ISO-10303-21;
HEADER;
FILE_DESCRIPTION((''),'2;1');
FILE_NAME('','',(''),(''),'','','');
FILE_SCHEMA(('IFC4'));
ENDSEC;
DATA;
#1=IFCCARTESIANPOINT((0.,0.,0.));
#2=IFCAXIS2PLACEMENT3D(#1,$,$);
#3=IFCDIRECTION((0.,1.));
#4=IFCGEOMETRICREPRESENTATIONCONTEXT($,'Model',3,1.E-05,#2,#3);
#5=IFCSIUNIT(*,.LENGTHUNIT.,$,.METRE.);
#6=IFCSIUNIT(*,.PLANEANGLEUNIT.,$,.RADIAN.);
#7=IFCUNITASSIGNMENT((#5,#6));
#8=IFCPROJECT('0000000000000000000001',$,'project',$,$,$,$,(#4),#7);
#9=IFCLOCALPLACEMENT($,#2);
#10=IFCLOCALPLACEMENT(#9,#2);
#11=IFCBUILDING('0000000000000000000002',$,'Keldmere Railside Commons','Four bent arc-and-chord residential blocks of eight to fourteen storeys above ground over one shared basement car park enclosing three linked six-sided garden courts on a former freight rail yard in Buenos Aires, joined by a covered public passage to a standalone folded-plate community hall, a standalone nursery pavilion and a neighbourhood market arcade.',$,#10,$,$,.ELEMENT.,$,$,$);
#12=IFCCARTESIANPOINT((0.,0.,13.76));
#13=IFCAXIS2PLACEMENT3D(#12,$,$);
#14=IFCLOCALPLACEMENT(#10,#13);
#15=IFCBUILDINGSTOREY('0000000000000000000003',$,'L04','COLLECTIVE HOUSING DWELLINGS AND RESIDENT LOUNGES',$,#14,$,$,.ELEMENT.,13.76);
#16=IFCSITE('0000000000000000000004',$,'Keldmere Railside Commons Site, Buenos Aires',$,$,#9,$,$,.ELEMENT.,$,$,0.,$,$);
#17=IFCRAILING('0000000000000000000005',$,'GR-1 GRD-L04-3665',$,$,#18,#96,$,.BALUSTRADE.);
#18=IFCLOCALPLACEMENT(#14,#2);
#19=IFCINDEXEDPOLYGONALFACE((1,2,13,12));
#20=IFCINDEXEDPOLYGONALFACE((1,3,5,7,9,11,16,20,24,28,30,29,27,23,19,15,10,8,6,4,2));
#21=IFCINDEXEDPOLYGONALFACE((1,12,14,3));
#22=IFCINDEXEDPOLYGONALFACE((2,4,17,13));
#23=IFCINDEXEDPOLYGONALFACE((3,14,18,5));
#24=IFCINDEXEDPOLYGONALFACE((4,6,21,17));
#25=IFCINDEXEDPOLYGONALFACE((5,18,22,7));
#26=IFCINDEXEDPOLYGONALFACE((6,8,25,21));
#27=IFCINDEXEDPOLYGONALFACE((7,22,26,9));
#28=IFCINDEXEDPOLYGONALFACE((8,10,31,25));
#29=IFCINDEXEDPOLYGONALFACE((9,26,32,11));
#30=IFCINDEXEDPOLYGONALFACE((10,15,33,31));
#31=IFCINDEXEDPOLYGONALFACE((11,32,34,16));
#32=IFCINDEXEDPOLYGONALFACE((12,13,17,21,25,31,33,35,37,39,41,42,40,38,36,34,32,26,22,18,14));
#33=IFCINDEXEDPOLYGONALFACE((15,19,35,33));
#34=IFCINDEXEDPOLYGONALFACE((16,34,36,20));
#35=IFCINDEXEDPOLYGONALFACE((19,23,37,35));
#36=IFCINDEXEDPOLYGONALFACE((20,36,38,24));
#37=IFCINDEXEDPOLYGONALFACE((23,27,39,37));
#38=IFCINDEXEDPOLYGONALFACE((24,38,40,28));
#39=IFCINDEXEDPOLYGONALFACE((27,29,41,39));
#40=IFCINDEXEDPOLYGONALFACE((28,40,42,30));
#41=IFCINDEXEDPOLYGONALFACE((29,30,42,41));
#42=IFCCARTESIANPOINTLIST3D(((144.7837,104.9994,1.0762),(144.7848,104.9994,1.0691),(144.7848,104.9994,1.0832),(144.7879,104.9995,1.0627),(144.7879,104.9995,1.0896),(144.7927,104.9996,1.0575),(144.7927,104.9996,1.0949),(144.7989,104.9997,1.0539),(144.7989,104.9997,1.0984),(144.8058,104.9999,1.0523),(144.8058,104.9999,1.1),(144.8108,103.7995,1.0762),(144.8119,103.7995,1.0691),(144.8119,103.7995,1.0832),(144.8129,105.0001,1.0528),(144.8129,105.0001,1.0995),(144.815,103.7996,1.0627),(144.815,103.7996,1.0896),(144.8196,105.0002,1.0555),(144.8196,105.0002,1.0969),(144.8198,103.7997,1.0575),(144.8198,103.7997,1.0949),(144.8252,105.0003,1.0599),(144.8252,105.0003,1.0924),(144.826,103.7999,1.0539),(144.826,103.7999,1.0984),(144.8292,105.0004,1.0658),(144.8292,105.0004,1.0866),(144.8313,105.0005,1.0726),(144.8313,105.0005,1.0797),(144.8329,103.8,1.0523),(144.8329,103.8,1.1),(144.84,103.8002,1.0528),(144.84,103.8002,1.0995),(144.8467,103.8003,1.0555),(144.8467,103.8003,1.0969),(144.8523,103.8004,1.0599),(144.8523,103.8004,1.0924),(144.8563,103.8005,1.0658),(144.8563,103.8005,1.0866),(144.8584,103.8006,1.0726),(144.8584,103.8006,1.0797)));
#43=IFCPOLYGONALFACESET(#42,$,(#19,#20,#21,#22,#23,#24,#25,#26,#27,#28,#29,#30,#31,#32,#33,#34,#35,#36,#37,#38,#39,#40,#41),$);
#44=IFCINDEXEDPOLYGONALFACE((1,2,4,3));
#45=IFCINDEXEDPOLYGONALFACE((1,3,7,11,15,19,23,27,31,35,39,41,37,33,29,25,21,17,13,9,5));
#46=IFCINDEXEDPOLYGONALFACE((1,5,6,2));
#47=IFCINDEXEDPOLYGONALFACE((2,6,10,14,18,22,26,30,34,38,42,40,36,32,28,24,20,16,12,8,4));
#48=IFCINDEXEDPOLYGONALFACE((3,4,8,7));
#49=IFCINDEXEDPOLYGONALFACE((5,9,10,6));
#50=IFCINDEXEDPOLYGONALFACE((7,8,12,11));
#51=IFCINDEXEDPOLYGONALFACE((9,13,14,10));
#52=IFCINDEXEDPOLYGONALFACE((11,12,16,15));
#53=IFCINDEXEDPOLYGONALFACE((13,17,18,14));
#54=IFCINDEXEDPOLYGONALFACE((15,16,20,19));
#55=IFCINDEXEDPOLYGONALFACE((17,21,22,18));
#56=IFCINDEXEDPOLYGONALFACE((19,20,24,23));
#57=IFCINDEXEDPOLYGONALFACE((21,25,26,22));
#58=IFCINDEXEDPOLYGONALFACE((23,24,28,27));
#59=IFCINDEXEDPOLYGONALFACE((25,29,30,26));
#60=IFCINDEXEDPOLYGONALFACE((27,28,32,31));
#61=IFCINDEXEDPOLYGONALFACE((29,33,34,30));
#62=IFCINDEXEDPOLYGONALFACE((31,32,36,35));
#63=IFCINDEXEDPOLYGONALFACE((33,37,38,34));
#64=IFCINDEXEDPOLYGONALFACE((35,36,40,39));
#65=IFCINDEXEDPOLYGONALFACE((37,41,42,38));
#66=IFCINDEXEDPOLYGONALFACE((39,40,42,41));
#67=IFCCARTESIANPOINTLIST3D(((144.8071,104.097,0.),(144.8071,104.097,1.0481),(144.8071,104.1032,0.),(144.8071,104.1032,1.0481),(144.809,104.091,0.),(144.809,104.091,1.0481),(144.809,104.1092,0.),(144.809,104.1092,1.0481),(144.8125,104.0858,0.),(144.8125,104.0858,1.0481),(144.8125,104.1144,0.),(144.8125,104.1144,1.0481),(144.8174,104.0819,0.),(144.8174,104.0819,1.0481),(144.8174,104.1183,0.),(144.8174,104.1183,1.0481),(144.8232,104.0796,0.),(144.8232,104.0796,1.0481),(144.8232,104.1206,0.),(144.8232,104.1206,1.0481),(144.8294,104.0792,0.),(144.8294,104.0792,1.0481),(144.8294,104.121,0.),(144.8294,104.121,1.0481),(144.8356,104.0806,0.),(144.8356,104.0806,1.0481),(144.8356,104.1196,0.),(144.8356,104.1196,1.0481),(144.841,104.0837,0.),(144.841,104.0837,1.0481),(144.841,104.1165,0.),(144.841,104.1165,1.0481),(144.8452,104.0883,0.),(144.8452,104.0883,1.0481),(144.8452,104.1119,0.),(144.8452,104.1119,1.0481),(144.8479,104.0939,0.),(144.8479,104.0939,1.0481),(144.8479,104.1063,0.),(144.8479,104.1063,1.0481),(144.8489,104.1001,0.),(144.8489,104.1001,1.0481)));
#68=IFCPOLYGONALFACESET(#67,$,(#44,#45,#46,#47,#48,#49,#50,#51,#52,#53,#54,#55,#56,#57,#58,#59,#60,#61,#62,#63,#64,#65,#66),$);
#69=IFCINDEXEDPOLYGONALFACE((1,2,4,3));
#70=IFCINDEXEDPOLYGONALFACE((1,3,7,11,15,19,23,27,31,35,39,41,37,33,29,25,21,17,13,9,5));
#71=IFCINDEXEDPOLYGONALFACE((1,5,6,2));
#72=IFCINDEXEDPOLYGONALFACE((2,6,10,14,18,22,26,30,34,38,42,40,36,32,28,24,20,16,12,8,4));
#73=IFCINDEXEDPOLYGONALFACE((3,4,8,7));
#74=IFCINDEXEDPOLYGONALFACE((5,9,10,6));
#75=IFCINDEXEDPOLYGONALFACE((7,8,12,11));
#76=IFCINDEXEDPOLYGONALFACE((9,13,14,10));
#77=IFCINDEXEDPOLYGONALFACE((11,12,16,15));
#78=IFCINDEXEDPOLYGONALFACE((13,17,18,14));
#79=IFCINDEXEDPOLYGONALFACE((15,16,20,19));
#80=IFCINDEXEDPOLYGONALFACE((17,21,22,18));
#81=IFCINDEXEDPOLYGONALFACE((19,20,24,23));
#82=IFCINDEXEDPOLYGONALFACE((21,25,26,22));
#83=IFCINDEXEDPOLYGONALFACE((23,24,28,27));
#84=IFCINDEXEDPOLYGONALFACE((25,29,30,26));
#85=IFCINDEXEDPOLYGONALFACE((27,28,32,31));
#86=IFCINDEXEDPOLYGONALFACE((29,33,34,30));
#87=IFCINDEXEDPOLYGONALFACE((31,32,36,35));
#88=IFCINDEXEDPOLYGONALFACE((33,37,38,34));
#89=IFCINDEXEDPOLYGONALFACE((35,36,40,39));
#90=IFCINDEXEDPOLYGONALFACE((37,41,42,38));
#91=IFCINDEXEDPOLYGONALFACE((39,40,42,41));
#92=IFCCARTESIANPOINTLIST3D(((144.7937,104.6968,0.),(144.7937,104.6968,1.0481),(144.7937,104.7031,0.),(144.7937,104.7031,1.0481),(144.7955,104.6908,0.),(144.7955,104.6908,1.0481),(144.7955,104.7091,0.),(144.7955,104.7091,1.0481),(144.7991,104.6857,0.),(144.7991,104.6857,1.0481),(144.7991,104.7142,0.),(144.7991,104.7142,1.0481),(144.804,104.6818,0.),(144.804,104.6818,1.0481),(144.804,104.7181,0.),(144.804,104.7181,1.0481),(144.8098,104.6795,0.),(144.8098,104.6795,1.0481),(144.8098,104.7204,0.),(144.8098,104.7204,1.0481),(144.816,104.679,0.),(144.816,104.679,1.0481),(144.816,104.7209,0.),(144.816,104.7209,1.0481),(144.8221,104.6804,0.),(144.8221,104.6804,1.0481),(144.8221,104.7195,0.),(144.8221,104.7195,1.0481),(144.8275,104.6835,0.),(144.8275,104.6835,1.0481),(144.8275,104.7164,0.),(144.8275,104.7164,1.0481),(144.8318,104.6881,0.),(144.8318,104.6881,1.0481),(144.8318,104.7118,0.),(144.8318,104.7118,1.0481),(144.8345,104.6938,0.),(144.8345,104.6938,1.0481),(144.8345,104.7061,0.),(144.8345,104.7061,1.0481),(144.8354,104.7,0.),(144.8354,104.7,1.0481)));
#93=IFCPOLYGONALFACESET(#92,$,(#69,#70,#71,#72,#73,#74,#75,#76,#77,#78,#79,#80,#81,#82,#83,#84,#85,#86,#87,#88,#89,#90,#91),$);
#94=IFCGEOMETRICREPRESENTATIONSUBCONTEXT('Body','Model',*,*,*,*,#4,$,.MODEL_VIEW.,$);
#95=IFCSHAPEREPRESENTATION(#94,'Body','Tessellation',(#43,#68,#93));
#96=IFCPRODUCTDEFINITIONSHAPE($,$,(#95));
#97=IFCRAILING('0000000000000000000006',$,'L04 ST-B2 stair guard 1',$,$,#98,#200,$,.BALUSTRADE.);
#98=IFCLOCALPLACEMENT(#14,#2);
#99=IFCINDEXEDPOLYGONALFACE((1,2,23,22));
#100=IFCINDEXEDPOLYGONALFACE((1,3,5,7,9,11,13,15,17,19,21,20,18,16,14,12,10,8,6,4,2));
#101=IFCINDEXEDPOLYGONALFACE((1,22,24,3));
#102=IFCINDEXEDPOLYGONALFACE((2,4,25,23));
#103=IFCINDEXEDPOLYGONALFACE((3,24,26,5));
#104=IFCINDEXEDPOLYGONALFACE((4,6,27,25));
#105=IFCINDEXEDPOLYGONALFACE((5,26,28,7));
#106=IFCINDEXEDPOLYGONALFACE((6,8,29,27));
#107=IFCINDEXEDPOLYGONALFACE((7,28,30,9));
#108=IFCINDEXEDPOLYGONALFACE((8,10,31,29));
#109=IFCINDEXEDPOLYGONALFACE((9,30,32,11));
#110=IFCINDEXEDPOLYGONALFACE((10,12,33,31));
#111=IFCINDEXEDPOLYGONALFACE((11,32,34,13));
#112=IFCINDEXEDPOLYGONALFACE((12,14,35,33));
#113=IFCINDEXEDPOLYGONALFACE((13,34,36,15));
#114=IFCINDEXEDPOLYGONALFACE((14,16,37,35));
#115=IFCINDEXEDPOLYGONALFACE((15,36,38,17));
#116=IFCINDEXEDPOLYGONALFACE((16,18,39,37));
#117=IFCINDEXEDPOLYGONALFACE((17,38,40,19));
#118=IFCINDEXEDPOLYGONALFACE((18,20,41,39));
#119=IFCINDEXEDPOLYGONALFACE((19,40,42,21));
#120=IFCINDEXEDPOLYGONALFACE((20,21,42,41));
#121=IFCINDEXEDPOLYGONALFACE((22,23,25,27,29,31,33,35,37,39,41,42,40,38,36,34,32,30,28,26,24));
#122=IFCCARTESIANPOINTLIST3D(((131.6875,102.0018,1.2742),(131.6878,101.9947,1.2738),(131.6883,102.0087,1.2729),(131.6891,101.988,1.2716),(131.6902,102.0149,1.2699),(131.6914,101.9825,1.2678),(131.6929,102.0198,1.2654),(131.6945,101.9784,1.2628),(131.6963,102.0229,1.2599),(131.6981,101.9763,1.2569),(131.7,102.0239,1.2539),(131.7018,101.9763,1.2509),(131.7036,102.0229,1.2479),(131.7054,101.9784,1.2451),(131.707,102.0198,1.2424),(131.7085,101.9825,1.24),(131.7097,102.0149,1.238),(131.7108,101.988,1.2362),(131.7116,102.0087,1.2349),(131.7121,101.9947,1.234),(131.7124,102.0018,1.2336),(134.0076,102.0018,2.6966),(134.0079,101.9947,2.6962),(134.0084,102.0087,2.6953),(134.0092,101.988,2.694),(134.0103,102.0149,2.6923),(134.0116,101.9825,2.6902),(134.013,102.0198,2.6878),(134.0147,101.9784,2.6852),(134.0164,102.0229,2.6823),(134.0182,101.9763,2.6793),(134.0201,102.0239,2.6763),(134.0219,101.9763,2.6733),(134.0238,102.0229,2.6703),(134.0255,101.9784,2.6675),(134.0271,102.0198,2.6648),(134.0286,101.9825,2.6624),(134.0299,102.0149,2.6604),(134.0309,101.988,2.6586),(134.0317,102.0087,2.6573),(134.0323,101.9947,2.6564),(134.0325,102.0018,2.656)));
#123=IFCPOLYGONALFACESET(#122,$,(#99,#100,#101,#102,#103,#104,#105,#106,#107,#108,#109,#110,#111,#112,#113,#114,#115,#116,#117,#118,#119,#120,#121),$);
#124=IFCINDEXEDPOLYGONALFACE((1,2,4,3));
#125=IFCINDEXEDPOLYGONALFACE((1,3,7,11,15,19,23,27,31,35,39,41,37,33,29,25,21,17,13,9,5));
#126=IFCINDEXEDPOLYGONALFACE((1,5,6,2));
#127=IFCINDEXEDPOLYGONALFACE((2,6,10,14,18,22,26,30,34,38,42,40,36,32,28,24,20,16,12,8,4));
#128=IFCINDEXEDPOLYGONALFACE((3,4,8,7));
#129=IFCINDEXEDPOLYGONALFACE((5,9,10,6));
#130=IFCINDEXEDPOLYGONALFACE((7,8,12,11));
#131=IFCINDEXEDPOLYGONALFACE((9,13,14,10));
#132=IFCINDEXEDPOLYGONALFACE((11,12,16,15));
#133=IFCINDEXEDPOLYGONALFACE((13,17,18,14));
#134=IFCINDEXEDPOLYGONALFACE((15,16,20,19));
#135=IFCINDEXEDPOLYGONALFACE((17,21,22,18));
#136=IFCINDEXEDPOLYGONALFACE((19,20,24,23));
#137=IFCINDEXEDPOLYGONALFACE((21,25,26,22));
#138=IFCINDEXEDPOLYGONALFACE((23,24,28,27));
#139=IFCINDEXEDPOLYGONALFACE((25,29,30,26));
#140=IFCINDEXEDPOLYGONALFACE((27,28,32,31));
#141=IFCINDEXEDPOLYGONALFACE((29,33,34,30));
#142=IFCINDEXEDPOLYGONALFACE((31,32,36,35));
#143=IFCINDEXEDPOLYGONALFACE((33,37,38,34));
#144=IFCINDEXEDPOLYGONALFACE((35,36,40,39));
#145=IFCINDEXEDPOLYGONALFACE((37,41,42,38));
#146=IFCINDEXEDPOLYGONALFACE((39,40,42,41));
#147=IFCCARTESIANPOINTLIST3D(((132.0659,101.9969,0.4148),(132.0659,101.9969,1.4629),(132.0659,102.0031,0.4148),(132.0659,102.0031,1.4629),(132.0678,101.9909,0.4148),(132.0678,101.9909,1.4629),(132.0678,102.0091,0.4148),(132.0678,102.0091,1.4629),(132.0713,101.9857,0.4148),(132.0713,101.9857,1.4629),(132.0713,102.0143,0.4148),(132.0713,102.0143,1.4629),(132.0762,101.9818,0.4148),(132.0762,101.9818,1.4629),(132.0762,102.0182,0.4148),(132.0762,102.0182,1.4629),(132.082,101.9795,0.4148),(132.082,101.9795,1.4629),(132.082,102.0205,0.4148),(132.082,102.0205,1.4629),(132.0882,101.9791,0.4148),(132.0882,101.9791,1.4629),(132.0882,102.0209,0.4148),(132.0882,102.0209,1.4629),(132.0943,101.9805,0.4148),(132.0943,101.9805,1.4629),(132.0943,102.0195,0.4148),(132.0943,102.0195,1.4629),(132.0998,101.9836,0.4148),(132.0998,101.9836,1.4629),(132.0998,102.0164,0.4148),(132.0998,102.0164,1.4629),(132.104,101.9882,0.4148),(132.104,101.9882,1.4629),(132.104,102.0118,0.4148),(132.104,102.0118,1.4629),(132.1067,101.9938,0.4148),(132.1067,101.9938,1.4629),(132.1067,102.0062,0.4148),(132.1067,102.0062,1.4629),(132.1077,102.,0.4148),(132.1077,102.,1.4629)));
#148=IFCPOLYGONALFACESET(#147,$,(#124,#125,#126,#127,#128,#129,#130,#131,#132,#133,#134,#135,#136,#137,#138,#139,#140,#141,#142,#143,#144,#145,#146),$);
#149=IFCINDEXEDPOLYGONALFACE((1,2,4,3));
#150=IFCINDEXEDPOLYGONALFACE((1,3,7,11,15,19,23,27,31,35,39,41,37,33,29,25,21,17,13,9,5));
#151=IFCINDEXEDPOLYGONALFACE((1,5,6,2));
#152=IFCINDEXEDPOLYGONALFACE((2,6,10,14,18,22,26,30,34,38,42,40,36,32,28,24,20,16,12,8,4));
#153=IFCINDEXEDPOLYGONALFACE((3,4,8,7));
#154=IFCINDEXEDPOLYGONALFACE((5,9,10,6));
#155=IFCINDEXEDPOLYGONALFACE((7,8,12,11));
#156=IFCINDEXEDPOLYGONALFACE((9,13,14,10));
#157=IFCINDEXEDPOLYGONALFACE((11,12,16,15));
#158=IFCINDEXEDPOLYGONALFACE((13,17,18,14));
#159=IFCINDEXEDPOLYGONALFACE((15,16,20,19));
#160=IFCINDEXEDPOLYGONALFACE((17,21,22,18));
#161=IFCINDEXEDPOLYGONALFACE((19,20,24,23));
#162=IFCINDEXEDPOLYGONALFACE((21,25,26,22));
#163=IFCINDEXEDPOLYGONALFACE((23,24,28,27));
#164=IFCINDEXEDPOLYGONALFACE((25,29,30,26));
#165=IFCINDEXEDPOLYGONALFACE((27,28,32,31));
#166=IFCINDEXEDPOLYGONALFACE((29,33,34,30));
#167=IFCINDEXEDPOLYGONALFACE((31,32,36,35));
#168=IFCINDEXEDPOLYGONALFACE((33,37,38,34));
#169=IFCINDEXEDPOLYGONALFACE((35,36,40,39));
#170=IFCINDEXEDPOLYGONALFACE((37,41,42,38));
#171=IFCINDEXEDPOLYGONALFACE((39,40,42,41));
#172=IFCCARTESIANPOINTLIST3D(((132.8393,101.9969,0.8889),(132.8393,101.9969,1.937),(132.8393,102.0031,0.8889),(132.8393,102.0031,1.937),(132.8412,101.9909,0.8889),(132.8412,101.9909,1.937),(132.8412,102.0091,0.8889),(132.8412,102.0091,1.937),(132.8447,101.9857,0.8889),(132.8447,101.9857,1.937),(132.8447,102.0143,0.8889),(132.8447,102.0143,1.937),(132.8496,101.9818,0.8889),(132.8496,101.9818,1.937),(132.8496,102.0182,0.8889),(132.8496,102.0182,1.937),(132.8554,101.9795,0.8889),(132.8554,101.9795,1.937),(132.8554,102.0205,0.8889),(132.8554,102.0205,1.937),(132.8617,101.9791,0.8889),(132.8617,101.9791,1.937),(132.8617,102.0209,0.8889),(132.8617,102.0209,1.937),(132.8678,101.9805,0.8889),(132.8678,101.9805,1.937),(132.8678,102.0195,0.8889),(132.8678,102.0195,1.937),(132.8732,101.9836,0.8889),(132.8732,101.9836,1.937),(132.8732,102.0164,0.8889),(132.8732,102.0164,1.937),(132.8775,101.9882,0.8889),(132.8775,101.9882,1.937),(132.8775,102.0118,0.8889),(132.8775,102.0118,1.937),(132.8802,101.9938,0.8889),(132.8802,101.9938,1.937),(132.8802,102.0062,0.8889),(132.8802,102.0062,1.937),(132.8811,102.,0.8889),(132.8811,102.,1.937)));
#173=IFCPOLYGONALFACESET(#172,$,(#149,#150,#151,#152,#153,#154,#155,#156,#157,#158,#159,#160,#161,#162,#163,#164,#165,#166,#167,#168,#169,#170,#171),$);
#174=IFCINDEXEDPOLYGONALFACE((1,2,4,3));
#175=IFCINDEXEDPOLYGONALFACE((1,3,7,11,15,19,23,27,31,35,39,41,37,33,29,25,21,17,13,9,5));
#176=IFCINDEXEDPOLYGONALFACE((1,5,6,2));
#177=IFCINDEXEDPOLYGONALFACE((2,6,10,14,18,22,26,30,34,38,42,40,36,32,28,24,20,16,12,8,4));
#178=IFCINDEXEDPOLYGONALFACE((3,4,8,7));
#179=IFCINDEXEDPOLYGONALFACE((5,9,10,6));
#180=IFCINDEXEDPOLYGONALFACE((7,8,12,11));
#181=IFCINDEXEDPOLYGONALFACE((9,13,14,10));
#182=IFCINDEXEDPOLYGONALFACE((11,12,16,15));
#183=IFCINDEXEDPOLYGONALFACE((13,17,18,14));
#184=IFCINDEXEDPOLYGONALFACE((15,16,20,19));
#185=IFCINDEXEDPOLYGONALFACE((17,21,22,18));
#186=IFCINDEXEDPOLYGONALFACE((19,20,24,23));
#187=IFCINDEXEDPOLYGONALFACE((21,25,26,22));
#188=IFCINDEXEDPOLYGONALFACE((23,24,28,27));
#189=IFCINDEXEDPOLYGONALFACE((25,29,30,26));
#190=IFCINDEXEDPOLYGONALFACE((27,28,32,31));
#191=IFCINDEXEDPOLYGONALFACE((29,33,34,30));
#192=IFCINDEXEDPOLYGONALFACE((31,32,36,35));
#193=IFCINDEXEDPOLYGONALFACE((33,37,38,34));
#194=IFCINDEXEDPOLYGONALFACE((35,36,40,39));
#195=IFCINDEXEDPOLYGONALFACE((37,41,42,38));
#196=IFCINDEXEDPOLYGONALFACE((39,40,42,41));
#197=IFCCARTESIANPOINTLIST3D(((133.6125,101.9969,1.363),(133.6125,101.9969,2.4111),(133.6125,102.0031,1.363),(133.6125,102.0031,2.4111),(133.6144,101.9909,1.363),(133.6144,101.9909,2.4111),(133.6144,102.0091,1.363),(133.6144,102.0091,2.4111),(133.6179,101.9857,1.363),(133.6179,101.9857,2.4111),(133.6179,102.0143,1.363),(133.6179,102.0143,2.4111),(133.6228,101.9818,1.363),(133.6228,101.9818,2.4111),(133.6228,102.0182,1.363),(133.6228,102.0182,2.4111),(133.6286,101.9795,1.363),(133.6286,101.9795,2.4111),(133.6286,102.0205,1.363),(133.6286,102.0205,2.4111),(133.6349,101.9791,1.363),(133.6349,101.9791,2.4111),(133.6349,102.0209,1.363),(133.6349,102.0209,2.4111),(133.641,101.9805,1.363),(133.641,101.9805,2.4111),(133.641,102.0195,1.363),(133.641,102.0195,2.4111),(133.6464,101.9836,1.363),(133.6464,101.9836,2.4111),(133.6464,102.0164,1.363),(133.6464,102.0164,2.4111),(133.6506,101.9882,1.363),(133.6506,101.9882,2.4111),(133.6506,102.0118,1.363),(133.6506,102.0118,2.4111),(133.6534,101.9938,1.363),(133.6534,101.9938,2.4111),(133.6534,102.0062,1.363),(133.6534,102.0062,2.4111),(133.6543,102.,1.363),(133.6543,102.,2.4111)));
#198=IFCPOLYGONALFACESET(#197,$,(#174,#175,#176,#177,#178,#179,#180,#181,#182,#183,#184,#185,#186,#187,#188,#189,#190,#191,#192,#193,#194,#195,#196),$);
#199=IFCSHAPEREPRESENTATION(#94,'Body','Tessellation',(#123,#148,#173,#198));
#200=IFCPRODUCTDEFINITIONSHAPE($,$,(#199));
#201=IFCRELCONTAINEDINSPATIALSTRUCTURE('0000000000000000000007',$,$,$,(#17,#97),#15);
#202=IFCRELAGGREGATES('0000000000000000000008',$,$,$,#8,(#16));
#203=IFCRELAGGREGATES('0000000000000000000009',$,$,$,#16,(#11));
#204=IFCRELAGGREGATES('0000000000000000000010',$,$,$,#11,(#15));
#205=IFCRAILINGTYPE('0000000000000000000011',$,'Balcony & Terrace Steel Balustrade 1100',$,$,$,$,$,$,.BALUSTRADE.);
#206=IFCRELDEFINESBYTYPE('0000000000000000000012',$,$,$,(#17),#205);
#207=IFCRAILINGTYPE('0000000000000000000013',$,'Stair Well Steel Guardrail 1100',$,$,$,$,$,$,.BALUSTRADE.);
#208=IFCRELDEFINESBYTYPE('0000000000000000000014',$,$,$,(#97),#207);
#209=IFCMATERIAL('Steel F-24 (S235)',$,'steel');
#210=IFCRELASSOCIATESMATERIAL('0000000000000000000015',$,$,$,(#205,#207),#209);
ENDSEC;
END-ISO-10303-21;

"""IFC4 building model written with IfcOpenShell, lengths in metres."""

from ifc_helpers import new_model, si_unit, direction, frame, origin, origin_2d, place, context, subcontext, project, spatial, circle, extrude, material, type_object, element, save


model = new_model("IFC4")

# Units and contexts
model_context = context("Model", 3, precision=1e-05, world=origin(), true_north=direction((0.0, 1.0)))
body_context = subcontext(model_context, "Body", "Model", "MODEL_VIEW")
ifc_project = project(units=[si_unit("LENGTHUNIT", "METRE"), si_unit("PLANEANGLEUNIT", "RADIAN")], contexts=[model_context])

# Site, building, storey
site_placement = place(None, origin())
site = spatial("IfcSite", under=ifc_project, at=site_placement, Name="Keldmere Railside Commons Site, Buenos Aires", CompositionType="ELEMENT", RefElevation=0.0)
building_placement = place(site_placement, origin())
building = spatial("IfcBuilding", under=site, at=building_placement, Name="Keldmere Railside Commons", Description="Four bent arc-and-chord residential blocks of eight to fourteen storeys above ground over one shared basement car park enclosing three linked six-sided garden courts on a former freight rail yard in Buenos Aires, joined by a covered public passage to a standalone folded-plate community hall, a standalone nursery pavilion and a neighbourhood market arcade.", CompositionType="ELEMENT")
storey_placement = place(building_placement, frame((0.0, 0.0, 13.76)))
storey = spatial("IfcBuildingStorey", under=building, at=storey_placement, Name="L04", Description="COLLECTIVE HOUSING DWELLINGS AND RESIDENT LOUNGES", CompositionType="ELEMENT", Elevation=13.76)

# Railings
ifc_material_1 = material(Name="Steel F-24 (S235)", Category="steel")
railing_type_1 = type_object("IfcRailingType", Name="Balcony & Terrace Steel Balustrade 1100", PredefinedType="BALUSTRADE", material=ifc_material_1)
railing_1_placement = place(storey_placement, frame((144.8347, 103.8, 0.0)))
element("IfcRailing", 1, at=railing_1_placement, inside=storey, type_object=railing_type_1, Name="GR-1 GRD-L04-3665", PredefinedType="BALUSTRADE", context=body_context, shape_type="SweptSolid", body=[
    extrude(circle(Radius=0.0239, at=origin_2d()), frame((0.0, 0.0, 1.0762), z_axis=(-0.022578, 0.999745, 0.0), x_axis=(-0.999745, -0.022578, 0.0)), (0.0, 0.0, 1.0), 1.2002),
    extrude(circle(Radius=0.021, at=origin_2d()), frame((-0.0068, 0.3, 0.0)), (0.0, 0.0, 1.0), 1.0481),
    extrude(circle(Radius=0.021, at=origin_2d()), frame((-0.0203, 0.8999, 0.0)), (0.0, 0.0, 1.0), 1.0481),
])
railing_type_2 = type_object("IfcRailingType", Name="Stair Well Steel Guardrail 1100", PredefinedType="BALUSTRADE", material=ifc_material_1)
railing_2_placement = place(storey_placement, frame((131.7, 102.0, 0.1777)))
element("IfcRailing", 2, at=railing_2_placement, inside=storey, type_object=railing_type_2, Name="L04 ST-B2 stair guard 1", PredefinedType="BALUSTRADE", context=body_context, shape_type="SweptSolid", body=[
    extrude(circle(Radius=0.0239, at=origin_2d()), frame((0.0, 0.0, 1.0762), z_axis=(0.852538, 0.0, 0.522665), x_axis=(0.0, 1.0, 0.0)), (0.0, 0.0, 1.0), 2.7214),
    extrude(circle(Radius=0.021, at=origin_2d()), frame((0.3867, 0.0, 0.2371)), (0.0, 0.0, 1.0), 1.0481),
    extrude(circle(Radius=0.021, at=origin_2d()), frame((1.1602, 0.0, 0.7112)), (0.0, 0.0, 1.0), 1.0481),
    extrude(circle(Radius=0.021, at=origin_2d()), frame((1.9333, 0.0, 1.1853)), (0.0, 0.0, 1.0), 1.0481),
])

save(model, "model.ifc")
